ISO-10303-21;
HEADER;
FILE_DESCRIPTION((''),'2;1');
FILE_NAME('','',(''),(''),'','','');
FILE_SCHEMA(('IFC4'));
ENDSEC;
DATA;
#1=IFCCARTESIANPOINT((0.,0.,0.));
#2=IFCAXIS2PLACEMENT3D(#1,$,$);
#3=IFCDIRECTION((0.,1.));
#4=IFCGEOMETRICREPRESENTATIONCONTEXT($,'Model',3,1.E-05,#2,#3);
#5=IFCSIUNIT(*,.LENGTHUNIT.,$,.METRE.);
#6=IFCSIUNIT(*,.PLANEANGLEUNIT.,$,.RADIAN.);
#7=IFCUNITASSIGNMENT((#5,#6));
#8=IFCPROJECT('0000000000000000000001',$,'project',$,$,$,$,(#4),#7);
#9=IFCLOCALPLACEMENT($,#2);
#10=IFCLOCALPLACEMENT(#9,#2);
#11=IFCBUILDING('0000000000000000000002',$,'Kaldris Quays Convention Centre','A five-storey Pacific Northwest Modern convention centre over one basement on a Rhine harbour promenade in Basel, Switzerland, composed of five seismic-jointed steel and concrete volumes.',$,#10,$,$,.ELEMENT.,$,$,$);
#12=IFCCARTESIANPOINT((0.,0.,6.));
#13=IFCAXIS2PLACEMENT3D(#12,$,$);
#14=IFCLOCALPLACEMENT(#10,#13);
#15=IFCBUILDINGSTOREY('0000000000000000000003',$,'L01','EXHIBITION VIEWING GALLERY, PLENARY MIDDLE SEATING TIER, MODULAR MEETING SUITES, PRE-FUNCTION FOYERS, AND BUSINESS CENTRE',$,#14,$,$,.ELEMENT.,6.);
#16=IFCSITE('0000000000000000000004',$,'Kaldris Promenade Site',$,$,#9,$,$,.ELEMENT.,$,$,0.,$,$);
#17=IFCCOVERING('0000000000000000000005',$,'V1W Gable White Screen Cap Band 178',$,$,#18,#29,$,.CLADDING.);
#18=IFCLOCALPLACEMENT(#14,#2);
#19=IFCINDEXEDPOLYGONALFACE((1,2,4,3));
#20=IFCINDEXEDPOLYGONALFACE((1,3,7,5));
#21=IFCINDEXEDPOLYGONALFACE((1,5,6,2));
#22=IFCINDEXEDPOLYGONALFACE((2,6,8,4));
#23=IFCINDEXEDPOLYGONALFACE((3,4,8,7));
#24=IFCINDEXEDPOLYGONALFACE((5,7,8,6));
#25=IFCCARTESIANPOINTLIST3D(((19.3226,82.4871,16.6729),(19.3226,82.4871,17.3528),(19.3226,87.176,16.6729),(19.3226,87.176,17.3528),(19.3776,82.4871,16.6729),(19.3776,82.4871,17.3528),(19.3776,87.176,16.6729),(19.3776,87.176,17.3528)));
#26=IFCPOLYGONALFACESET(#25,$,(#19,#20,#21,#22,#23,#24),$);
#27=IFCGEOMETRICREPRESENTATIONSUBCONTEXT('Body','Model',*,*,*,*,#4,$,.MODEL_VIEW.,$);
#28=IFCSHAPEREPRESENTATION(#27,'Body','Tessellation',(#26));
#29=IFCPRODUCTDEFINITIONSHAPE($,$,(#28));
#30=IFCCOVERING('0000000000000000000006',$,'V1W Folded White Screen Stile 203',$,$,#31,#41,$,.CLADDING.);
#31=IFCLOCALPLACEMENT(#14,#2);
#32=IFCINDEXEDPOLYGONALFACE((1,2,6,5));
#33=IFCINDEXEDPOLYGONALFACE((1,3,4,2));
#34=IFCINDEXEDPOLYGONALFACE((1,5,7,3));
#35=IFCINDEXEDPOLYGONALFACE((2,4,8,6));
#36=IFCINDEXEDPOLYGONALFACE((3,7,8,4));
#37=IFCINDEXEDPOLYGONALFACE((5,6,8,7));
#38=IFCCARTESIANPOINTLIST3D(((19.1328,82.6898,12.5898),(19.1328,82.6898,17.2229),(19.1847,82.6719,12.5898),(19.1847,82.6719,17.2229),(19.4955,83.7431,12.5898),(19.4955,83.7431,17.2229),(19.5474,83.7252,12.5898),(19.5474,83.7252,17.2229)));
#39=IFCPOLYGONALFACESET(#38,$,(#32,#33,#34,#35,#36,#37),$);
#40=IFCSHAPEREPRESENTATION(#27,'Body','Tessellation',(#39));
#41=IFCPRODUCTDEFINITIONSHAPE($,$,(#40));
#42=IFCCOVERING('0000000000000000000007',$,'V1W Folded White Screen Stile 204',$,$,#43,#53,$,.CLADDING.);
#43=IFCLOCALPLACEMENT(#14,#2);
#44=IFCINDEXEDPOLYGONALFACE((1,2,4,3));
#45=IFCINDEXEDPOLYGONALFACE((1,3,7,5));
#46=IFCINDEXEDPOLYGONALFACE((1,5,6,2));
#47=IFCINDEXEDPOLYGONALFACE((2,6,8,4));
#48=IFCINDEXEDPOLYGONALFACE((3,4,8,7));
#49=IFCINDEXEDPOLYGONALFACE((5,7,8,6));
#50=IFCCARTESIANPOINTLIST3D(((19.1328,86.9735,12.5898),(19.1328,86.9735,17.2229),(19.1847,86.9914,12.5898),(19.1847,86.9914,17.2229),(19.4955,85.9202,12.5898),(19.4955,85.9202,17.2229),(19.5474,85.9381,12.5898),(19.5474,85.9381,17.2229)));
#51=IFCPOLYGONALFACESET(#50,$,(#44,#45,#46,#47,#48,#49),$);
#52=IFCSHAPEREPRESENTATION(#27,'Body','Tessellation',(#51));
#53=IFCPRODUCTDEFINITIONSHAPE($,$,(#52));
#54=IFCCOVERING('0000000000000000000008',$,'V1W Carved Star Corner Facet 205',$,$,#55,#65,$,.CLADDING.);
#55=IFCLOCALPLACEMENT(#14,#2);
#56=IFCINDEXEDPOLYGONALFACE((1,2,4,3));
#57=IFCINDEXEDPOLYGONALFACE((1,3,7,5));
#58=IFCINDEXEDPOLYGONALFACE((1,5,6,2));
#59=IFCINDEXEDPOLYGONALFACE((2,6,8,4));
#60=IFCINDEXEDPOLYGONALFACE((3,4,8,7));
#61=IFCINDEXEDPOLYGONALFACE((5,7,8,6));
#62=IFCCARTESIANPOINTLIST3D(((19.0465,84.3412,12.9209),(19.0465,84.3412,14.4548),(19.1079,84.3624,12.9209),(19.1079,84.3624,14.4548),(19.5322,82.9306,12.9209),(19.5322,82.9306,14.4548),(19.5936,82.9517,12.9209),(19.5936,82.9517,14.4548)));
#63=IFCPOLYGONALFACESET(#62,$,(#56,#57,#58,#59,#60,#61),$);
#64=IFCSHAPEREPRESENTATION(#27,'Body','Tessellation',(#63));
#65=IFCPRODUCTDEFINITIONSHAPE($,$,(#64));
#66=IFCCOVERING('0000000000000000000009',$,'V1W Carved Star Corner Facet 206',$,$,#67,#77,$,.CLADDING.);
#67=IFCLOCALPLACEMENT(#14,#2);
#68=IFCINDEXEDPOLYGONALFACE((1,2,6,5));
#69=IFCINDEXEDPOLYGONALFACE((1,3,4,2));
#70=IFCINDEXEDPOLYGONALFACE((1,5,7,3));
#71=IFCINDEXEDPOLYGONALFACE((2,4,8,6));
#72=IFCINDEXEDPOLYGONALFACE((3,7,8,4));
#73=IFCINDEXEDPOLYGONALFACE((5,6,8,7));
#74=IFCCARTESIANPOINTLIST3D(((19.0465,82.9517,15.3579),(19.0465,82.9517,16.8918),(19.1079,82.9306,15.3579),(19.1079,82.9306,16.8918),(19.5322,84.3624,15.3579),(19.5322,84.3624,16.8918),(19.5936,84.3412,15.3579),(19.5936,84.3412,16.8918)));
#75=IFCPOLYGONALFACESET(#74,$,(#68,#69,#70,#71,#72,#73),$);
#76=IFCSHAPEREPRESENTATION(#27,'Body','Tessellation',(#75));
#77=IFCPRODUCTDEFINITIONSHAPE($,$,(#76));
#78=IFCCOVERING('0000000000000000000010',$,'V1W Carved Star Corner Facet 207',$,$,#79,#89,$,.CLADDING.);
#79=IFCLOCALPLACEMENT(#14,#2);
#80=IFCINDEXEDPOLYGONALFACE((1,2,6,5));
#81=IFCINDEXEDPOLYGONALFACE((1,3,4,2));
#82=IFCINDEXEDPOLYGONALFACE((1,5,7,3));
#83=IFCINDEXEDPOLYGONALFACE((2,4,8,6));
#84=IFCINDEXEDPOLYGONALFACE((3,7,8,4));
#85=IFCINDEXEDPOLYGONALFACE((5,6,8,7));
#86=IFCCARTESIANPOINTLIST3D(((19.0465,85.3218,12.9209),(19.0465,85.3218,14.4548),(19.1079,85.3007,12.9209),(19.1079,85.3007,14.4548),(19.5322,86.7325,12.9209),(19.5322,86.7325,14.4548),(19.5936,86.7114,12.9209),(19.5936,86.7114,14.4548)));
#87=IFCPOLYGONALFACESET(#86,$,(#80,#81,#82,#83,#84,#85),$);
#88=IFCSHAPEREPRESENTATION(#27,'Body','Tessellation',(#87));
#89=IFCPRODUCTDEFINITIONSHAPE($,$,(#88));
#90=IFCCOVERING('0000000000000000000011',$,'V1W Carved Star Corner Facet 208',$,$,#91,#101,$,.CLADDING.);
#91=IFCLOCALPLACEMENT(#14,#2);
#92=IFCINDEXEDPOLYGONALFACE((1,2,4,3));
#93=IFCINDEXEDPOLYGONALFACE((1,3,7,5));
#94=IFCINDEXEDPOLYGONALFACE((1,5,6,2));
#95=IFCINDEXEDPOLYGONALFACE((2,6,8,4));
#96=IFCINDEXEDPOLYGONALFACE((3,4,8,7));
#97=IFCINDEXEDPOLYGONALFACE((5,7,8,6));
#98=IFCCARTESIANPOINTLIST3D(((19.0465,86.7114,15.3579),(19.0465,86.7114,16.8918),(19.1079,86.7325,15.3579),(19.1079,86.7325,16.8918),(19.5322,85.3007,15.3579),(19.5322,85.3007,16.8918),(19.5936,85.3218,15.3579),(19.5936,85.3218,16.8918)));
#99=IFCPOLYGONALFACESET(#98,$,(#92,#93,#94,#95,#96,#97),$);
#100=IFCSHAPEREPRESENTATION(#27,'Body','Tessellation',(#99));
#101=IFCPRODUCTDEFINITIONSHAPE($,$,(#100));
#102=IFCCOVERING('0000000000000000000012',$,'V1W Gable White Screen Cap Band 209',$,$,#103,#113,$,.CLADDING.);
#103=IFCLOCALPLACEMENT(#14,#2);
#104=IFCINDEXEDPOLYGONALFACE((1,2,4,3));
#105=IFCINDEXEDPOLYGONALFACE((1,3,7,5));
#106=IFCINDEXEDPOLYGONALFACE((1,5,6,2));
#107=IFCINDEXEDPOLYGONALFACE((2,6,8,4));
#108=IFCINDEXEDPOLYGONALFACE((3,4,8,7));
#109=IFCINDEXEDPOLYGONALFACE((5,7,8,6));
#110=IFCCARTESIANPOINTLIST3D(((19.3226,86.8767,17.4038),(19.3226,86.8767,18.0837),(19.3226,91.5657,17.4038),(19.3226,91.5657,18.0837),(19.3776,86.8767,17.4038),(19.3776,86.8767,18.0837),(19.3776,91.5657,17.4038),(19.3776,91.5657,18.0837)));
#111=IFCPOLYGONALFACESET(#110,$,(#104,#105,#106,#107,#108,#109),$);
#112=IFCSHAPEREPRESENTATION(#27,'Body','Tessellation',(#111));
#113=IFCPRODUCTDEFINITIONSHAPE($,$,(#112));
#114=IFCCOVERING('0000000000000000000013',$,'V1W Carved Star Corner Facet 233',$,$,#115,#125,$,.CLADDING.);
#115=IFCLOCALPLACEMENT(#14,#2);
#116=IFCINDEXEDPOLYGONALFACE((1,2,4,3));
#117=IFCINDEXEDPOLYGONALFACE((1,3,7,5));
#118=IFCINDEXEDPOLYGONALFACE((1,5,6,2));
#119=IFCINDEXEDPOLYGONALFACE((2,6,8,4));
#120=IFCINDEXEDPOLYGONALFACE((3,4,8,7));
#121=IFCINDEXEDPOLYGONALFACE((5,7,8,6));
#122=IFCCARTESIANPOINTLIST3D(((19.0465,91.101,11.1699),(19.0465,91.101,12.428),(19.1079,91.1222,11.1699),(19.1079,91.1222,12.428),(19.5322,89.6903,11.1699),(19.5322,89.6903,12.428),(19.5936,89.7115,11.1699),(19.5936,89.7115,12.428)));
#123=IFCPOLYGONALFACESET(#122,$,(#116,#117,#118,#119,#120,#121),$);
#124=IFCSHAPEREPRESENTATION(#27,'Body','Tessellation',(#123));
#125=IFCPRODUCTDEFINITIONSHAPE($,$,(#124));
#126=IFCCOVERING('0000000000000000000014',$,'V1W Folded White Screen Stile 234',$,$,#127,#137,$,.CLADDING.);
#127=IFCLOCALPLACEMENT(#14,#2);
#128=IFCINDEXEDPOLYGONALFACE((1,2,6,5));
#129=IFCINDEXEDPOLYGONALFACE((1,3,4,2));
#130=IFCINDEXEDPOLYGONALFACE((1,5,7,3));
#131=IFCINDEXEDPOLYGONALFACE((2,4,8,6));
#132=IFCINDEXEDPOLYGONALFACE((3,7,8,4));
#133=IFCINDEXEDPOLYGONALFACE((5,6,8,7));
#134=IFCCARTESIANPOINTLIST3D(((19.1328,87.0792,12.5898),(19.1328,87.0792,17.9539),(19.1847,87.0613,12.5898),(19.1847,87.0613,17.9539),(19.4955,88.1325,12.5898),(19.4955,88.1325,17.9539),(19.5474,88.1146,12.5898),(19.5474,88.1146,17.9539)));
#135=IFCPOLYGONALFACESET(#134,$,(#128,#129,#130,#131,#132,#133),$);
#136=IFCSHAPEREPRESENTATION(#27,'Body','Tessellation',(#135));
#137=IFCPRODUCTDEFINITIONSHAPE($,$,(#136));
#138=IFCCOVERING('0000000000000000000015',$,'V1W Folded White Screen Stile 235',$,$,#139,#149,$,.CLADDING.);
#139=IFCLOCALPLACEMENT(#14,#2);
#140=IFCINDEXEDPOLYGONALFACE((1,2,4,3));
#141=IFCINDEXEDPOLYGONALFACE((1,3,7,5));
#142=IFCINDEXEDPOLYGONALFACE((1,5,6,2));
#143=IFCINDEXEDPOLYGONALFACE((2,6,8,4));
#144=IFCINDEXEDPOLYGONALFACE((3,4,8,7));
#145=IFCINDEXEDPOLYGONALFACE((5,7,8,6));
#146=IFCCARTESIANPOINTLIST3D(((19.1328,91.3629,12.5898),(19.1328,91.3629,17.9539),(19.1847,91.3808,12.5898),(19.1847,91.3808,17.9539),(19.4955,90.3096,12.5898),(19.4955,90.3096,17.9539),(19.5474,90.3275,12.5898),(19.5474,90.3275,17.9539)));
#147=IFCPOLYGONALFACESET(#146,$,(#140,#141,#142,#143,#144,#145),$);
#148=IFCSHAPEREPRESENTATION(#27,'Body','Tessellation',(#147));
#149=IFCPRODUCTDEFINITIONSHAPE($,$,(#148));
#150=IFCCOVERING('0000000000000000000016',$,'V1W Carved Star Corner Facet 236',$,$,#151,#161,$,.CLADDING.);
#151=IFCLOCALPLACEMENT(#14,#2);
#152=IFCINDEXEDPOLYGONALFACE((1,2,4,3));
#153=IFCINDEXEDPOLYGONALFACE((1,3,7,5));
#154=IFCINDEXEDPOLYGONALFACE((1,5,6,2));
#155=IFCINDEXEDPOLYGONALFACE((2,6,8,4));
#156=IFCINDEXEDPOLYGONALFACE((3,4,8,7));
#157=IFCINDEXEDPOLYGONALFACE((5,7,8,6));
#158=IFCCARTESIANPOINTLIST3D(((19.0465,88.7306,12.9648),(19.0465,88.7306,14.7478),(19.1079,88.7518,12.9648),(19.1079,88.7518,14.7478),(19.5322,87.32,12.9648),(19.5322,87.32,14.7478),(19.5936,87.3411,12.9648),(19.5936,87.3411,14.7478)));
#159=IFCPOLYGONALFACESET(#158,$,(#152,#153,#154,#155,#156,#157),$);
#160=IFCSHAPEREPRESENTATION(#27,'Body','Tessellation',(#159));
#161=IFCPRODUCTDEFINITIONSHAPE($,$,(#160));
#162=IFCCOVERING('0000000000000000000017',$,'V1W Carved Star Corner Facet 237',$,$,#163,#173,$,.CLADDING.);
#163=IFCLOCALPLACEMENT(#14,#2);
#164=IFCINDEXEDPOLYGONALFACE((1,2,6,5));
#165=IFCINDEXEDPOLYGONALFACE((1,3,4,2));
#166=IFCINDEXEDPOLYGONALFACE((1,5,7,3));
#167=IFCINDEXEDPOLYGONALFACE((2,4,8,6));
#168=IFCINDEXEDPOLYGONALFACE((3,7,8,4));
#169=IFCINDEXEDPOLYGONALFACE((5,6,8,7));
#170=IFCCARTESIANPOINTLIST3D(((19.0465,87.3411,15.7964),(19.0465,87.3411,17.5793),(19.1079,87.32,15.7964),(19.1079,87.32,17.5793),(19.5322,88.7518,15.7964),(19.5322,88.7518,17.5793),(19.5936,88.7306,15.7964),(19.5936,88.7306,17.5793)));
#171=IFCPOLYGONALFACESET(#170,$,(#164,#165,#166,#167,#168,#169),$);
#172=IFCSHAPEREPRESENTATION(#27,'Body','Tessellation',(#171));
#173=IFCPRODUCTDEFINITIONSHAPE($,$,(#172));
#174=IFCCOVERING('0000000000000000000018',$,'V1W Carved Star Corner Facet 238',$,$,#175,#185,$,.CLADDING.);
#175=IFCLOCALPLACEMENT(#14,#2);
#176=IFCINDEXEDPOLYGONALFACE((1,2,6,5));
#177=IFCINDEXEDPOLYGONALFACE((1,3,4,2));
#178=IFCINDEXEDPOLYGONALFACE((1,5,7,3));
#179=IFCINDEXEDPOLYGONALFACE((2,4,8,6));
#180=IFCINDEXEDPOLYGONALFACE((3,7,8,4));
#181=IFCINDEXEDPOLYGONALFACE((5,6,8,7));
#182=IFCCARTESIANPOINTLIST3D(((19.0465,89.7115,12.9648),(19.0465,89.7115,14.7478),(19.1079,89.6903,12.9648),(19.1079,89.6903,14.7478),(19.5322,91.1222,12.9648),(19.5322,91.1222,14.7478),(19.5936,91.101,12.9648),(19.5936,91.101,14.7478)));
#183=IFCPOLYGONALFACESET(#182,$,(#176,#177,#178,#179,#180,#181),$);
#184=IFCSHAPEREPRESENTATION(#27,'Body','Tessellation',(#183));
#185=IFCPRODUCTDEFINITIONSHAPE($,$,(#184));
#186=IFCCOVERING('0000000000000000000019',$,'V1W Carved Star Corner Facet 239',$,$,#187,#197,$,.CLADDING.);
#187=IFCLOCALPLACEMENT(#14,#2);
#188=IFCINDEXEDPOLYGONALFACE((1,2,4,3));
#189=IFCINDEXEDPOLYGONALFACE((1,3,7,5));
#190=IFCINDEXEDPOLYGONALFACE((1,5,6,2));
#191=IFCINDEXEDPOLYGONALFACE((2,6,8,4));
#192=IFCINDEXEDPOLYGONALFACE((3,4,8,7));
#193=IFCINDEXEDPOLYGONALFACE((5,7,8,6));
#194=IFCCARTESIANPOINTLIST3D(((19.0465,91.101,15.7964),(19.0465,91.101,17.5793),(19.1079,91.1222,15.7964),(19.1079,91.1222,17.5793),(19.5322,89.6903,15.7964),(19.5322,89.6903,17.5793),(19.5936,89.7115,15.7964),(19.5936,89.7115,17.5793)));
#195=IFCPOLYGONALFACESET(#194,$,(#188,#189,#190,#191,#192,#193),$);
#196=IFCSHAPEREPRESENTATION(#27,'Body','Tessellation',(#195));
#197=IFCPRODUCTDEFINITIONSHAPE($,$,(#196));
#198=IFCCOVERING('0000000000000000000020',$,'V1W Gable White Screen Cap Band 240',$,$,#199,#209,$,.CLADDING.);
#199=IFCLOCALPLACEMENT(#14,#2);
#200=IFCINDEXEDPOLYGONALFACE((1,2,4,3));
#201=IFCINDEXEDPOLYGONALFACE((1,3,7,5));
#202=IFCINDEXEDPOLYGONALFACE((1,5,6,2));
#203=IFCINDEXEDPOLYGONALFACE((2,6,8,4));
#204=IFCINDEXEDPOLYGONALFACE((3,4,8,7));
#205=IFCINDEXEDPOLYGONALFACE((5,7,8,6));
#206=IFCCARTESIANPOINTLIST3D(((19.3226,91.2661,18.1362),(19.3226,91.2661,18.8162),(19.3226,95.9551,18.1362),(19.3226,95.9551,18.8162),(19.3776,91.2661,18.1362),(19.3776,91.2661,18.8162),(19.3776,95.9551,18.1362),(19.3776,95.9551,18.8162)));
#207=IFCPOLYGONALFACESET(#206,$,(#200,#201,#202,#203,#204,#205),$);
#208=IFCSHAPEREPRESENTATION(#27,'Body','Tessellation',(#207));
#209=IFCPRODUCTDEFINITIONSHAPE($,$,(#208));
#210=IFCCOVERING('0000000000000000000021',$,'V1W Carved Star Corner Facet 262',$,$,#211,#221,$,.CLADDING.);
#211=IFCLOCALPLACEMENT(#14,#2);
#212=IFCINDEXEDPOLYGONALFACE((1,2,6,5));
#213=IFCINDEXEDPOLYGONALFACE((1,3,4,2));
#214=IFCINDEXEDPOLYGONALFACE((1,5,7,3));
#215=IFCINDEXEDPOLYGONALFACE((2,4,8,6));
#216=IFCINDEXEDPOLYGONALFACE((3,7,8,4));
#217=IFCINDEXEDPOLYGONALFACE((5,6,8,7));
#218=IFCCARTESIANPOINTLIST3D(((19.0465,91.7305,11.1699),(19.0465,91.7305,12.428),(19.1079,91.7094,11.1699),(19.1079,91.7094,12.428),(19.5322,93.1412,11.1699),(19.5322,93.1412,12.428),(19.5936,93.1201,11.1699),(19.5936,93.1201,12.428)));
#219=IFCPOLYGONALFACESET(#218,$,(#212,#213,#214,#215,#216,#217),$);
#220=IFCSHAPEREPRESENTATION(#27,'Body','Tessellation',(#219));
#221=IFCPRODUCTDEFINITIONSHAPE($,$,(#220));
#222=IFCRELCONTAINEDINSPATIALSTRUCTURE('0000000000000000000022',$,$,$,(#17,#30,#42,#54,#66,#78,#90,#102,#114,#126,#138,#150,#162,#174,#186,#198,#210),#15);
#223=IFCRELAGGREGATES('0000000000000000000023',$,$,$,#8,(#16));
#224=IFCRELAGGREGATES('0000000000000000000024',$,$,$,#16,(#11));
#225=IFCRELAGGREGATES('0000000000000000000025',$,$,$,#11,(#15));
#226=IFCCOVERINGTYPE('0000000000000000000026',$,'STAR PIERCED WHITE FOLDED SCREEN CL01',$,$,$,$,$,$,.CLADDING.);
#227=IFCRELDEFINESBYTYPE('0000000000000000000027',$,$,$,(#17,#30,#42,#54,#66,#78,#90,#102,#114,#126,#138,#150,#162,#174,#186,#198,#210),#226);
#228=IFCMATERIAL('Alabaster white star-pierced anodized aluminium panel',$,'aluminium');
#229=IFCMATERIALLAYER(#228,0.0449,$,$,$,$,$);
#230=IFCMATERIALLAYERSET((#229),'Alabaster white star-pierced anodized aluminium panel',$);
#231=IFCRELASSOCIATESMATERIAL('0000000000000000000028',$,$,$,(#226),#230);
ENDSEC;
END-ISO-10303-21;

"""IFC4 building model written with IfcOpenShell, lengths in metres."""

from ifc_helpers import new_model, si_unit, direction, frame, origin, origin_2d, place, context, subcontext, project, spatial, rectangle, extrude, material, layer, layer_set, type_object, element, save


model = new_model("IFC4")

# Units and contexts
model_context = context("Model", 3, precision=1e-05, world=origin(), true_north=direction((0.0, 1.0)))
body_context = subcontext(model_context, "Body", "Model", "MODEL_VIEW")
ifc_project = project(units=[si_unit("LENGTHUNIT", "METRE"), si_unit("PLANEANGLEUNIT", "RADIAN")], contexts=[model_context])

# Site, building, storey
site_placement = place(None, origin())
site = spatial("IfcSite", under=ifc_project, at=site_placement, Name="Kaldris Promenade Site", CompositionType="ELEMENT", RefElevation=0.0)
building_placement = place(site_placement, origin())
building = spatial("IfcBuilding", under=site, at=building_placement, Name="Kaldris Quays Convention Centre", Description="A five-storey Pacific Northwest Modern convention centre over one basement on a Rhine harbour promenade in Basel, Switzerland, composed of five seismic-jointed steel and concrete volumes.", CompositionType="ELEMENT")
storey_placement = place(building_placement, frame((0.0, 0.0, 6.0)))
storey = spatial("IfcBuildingStorey", under=building, at=storey_placement, Name="L01", Description="EXHIBITION VIEWING GALLERY, PLENARY MIDDLE SEATING TIER, MODULAR MEETING SUITES, PRE-FUNCTION FOYERS, AND BUSINESS CENTRE", CompositionType="ELEMENT", Elevation=6.0)

# Coverings
ifc_material_1 = material(Name="Alabaster white star-pierced anodized aluminium panel", Category="aluminium")
ifc_layer = layer(ifc_material_1, 0.0449)
ifc_layer_set = layer_set([ifc_layer], Name="Alabaster white star-pierced anodized aluminium panel")
covering_type = type_object("IfcCoveringType", Name="STAR PIERCED WHITE FOLDED SCREEN CL01", PredefinedType="CLADDING", material=ifc_layer_set)
covering_1_placement = place(storey_placement, frame((19.3501, 84.8315, 16.6729), z_axis=(0.0, 0.0, 1.0), x_axis=(0.0, 1.0, 0.0)))
element("IfcCovering", 1, at=covering_1_placement, inside=storey, type_object=covering_type, Name="V1W Gable White Screen Cap Band 178", PredefinedType="CLADDING", context=body_context, shape_type="SweptSolid", body=[
    extrude(rectangle(XDim=4.689, YDim=0.0549, at=origin_2d()), origin(), (0.0, 0.0, 1.0), 0.6799),
])
for number, where, z_axis, x_axis, name in (
    (2, (19.3401, 83.2075, 12.5898), (0.0, 0.0, 1.0), (0.325568, 0.945519, 0.0), "V1W Folded White Screen Stile 203"),
    (3, (19.3401, 86.4558, 12.5898), (0.0, 0.0, 1.0), (-0.325568, 0.945519, 0.0), "V1W Folded White Screen Stile 204"),
):
    element("IfcCovering", number, at=place(storey_placement, frame(where, z_axis=z_axis, x_axis=x_axis)), inside=storey, type_object=covering_type, Name=name, PredefinedType="CLADDING", context=body_context, shape_type="SweptSolid", body=[
        extrude(rectangle(XDim=1.114, YDim=0.0549, at=origin_2d()), origin(), (0.0, 0.0, 1.0), 4.6331),
    ])
for number, where, z_axis, x_axis, name in (
    (4, (19.3201, 83.6465, 12.9209), (0.0, 0.0, 1.0), (-0.325568, 0.945519, 0.0), "V1W Carved Star Corner Facet 205"),
    (5, (19.3201, 83.6465, 15.3579), (0.0, 0.0, 1.0), (0.325568, 0.945519, 0.0), "V1W Carved Star Corner Facet 206"),
    (6, (19.3201, 86.0166, 12.9209), (0.0, 0.0, 1.0), (0.325568, 0.945519, 0.0), "V1W Carved Star Corner Facet 207"),
    (7, (19.3201, 86.0166, 15.3579), (0.0, 0.0, 1.0), (-0.325568, 0.945519, 0.0), "V1W Carved Star Corner Facet 208"),
):
    element("IfcCovering", number, at=place(storey_placement, frame(where, z_axis=z_axis, x_axis=x_axis)), inside=storey, type_object=covering_type, Name=name, PredefinedType="CLADDING", context=body_context, shape_type="SweptSolid", body=[
        extrude(rectangle(XDim=1.4919, YDim=0.0649, at=origin_2d()), origin(), (0.0, 0.0, 1.0), 1.5339),
    ])
covering_2_placement = place(storey_placement, frame((19.3501, 89.2212, 17.4038), z_axis=(0.0, 0.0, 1.0), x_axis=(0.0, 1.0, 0.0)))
element("IfcCovering", 8, at=covering_2_placement, inside=storey, type_object=covering_type, Name="V1W Gable White Screen Cap Band 209", PredefinedType="CLADDING", context=body_context, shape_type="SweptSolid", body=[
    extrude(rectangle(XDim=4.689, YDim=0.0549, at=origin_2d()), origin(), (0.0, 0.0, 1.0), 0.6799),
])
covering_3_placement = place(storey_placement, frame((19.3201, 90.4062, 11.1699), z_axis=(0.0, 0.0, 1.0), x_axis=(-0.325568, 0.945519, 0.0)))
element("IfcCovering", 9, at=covering_3_placement, inside=storey, type_object=covering_type, Name="V1W Carved Star Corner Facet 233", PredefinedType="CLADDING", context=body_context, shape_type="SweptSolid", body=[
    extrude(rectangle(XDim=1.4919, YDim=0.0649, at=origin_2d()), origin(), (0.0, 0.0, 1.0), 1.2581),
])
for number, where, z_axis, x_axis, name in (
    (10, (19.3401, 87.5969, 12.5898), (0.0, 0.0, 1.0), (0.325568, 0.945519, 0.0), "V1W Folded White Screen Stile 234"),
    (11, (19.3401, 90.8452, 12.5898), (0.0, 0.0, 1.0), (-0.325568, 0.945519, 0.0), "V1W Folded White Screen Stile 235"),
):
    element("IfcCovering", number, at=place(storey_placement, frame(where, z_axis=z_axis, x_axis=x_axis)), inside=storey, type_object=covering_type, Name=name, PredefinedType="CLADDING", context=body_context, shape_type="SweptSolid", body=[
        extrude(rectangle(XDim=1.114, YDim=0.0549, at=origin_2d()), origin(), (0.0, 0.0, 1.0), 5.364),
    ])
for number, where, z_axis, x_axis, name in (
    (12, (19.3201, 88.0359, 12.9648), (0.0, 0.0, 1.0), (-0.325568, 0.945519, 0.0), "V1W Carved Star Corner Facet 236"),
    (13, (19.3201, 88.0359, 15.7964), (0.0, 0.0, 1.0), (0.325568, 0.945519, 0.0), "V1W Carved Star Corner Facet 237"),
    (14, (19.3201, 90.4062, 12.9648), (0.0, 0.0, 1.0), (0.325568, 0.945519, 0.0), "V1W Carved Star Corner Facet 238"),
    (15, (19.3201, 90.4062, 15.7964), (0.0, 0.0, 1.0), (-0.325568, 0.945519, 0.0), "V1W Carved Star Corner Facet 239"),
):
    element("IfcCovering", number, at=place(storey_placement, frame(where, z_axis=z_axis, x_axis=x_axis)), inside=storey, type_object=covering_type, Name=name, PredefinedType="CLADDING", context=body_context, shape_type="SweptSolid", body=[
        extrude(rectangle(XDim=1.4919, YDim=0.0649, at=origin_2d()), origin(), (0.0, 0.0, 1.0), 1.783),
    ])
covering_4_placement = place(storey_placement, frame((19.3501, 93.6106, 18.1362), z_axis=(0.0, 0.0, 1.0), x_axis=(0.0, 1.0, 0.0)))
element("IfcCovering", 16, at=covering_4_placement, inside=storey, type_object=covering_type, Name="V1W Gable White Screen Cap Band 240", PredefinedType="CLADDING", context=body_context, shape_type="SweptSolid", body=[
    extrude(rectangle(XDim=4.689, YDim=0.0549, at=origin_2d()), origin(), (0.0, 0.0, 1.0), 0.6799),
])
for number, where, z_axis, x_axis, name in (
    (17, (19.3201, 92.4253, 11.1699), (0.0, 0.0, 1.0), (0.325568, 0.945519, 0.0), "V1W Carved Star Corner Facet 262"),
):
    element("IfcCovering", number, at=place(storey_placement, frame(where, z_axis=z_axis, x_axis=x_axis)), inside=storey, type_object=covering_type, Name=name, PredefinedType="CLADDING", context=body_context, shape_type="SweptSolid", body=[
        extrude(rectangle(XDim=1.4919, YDim=0.0649, at=origin_2d()), origin(), (0.0, 0.0, 1.0), 1.2581),
    ])

save(model, "model.ifc")
